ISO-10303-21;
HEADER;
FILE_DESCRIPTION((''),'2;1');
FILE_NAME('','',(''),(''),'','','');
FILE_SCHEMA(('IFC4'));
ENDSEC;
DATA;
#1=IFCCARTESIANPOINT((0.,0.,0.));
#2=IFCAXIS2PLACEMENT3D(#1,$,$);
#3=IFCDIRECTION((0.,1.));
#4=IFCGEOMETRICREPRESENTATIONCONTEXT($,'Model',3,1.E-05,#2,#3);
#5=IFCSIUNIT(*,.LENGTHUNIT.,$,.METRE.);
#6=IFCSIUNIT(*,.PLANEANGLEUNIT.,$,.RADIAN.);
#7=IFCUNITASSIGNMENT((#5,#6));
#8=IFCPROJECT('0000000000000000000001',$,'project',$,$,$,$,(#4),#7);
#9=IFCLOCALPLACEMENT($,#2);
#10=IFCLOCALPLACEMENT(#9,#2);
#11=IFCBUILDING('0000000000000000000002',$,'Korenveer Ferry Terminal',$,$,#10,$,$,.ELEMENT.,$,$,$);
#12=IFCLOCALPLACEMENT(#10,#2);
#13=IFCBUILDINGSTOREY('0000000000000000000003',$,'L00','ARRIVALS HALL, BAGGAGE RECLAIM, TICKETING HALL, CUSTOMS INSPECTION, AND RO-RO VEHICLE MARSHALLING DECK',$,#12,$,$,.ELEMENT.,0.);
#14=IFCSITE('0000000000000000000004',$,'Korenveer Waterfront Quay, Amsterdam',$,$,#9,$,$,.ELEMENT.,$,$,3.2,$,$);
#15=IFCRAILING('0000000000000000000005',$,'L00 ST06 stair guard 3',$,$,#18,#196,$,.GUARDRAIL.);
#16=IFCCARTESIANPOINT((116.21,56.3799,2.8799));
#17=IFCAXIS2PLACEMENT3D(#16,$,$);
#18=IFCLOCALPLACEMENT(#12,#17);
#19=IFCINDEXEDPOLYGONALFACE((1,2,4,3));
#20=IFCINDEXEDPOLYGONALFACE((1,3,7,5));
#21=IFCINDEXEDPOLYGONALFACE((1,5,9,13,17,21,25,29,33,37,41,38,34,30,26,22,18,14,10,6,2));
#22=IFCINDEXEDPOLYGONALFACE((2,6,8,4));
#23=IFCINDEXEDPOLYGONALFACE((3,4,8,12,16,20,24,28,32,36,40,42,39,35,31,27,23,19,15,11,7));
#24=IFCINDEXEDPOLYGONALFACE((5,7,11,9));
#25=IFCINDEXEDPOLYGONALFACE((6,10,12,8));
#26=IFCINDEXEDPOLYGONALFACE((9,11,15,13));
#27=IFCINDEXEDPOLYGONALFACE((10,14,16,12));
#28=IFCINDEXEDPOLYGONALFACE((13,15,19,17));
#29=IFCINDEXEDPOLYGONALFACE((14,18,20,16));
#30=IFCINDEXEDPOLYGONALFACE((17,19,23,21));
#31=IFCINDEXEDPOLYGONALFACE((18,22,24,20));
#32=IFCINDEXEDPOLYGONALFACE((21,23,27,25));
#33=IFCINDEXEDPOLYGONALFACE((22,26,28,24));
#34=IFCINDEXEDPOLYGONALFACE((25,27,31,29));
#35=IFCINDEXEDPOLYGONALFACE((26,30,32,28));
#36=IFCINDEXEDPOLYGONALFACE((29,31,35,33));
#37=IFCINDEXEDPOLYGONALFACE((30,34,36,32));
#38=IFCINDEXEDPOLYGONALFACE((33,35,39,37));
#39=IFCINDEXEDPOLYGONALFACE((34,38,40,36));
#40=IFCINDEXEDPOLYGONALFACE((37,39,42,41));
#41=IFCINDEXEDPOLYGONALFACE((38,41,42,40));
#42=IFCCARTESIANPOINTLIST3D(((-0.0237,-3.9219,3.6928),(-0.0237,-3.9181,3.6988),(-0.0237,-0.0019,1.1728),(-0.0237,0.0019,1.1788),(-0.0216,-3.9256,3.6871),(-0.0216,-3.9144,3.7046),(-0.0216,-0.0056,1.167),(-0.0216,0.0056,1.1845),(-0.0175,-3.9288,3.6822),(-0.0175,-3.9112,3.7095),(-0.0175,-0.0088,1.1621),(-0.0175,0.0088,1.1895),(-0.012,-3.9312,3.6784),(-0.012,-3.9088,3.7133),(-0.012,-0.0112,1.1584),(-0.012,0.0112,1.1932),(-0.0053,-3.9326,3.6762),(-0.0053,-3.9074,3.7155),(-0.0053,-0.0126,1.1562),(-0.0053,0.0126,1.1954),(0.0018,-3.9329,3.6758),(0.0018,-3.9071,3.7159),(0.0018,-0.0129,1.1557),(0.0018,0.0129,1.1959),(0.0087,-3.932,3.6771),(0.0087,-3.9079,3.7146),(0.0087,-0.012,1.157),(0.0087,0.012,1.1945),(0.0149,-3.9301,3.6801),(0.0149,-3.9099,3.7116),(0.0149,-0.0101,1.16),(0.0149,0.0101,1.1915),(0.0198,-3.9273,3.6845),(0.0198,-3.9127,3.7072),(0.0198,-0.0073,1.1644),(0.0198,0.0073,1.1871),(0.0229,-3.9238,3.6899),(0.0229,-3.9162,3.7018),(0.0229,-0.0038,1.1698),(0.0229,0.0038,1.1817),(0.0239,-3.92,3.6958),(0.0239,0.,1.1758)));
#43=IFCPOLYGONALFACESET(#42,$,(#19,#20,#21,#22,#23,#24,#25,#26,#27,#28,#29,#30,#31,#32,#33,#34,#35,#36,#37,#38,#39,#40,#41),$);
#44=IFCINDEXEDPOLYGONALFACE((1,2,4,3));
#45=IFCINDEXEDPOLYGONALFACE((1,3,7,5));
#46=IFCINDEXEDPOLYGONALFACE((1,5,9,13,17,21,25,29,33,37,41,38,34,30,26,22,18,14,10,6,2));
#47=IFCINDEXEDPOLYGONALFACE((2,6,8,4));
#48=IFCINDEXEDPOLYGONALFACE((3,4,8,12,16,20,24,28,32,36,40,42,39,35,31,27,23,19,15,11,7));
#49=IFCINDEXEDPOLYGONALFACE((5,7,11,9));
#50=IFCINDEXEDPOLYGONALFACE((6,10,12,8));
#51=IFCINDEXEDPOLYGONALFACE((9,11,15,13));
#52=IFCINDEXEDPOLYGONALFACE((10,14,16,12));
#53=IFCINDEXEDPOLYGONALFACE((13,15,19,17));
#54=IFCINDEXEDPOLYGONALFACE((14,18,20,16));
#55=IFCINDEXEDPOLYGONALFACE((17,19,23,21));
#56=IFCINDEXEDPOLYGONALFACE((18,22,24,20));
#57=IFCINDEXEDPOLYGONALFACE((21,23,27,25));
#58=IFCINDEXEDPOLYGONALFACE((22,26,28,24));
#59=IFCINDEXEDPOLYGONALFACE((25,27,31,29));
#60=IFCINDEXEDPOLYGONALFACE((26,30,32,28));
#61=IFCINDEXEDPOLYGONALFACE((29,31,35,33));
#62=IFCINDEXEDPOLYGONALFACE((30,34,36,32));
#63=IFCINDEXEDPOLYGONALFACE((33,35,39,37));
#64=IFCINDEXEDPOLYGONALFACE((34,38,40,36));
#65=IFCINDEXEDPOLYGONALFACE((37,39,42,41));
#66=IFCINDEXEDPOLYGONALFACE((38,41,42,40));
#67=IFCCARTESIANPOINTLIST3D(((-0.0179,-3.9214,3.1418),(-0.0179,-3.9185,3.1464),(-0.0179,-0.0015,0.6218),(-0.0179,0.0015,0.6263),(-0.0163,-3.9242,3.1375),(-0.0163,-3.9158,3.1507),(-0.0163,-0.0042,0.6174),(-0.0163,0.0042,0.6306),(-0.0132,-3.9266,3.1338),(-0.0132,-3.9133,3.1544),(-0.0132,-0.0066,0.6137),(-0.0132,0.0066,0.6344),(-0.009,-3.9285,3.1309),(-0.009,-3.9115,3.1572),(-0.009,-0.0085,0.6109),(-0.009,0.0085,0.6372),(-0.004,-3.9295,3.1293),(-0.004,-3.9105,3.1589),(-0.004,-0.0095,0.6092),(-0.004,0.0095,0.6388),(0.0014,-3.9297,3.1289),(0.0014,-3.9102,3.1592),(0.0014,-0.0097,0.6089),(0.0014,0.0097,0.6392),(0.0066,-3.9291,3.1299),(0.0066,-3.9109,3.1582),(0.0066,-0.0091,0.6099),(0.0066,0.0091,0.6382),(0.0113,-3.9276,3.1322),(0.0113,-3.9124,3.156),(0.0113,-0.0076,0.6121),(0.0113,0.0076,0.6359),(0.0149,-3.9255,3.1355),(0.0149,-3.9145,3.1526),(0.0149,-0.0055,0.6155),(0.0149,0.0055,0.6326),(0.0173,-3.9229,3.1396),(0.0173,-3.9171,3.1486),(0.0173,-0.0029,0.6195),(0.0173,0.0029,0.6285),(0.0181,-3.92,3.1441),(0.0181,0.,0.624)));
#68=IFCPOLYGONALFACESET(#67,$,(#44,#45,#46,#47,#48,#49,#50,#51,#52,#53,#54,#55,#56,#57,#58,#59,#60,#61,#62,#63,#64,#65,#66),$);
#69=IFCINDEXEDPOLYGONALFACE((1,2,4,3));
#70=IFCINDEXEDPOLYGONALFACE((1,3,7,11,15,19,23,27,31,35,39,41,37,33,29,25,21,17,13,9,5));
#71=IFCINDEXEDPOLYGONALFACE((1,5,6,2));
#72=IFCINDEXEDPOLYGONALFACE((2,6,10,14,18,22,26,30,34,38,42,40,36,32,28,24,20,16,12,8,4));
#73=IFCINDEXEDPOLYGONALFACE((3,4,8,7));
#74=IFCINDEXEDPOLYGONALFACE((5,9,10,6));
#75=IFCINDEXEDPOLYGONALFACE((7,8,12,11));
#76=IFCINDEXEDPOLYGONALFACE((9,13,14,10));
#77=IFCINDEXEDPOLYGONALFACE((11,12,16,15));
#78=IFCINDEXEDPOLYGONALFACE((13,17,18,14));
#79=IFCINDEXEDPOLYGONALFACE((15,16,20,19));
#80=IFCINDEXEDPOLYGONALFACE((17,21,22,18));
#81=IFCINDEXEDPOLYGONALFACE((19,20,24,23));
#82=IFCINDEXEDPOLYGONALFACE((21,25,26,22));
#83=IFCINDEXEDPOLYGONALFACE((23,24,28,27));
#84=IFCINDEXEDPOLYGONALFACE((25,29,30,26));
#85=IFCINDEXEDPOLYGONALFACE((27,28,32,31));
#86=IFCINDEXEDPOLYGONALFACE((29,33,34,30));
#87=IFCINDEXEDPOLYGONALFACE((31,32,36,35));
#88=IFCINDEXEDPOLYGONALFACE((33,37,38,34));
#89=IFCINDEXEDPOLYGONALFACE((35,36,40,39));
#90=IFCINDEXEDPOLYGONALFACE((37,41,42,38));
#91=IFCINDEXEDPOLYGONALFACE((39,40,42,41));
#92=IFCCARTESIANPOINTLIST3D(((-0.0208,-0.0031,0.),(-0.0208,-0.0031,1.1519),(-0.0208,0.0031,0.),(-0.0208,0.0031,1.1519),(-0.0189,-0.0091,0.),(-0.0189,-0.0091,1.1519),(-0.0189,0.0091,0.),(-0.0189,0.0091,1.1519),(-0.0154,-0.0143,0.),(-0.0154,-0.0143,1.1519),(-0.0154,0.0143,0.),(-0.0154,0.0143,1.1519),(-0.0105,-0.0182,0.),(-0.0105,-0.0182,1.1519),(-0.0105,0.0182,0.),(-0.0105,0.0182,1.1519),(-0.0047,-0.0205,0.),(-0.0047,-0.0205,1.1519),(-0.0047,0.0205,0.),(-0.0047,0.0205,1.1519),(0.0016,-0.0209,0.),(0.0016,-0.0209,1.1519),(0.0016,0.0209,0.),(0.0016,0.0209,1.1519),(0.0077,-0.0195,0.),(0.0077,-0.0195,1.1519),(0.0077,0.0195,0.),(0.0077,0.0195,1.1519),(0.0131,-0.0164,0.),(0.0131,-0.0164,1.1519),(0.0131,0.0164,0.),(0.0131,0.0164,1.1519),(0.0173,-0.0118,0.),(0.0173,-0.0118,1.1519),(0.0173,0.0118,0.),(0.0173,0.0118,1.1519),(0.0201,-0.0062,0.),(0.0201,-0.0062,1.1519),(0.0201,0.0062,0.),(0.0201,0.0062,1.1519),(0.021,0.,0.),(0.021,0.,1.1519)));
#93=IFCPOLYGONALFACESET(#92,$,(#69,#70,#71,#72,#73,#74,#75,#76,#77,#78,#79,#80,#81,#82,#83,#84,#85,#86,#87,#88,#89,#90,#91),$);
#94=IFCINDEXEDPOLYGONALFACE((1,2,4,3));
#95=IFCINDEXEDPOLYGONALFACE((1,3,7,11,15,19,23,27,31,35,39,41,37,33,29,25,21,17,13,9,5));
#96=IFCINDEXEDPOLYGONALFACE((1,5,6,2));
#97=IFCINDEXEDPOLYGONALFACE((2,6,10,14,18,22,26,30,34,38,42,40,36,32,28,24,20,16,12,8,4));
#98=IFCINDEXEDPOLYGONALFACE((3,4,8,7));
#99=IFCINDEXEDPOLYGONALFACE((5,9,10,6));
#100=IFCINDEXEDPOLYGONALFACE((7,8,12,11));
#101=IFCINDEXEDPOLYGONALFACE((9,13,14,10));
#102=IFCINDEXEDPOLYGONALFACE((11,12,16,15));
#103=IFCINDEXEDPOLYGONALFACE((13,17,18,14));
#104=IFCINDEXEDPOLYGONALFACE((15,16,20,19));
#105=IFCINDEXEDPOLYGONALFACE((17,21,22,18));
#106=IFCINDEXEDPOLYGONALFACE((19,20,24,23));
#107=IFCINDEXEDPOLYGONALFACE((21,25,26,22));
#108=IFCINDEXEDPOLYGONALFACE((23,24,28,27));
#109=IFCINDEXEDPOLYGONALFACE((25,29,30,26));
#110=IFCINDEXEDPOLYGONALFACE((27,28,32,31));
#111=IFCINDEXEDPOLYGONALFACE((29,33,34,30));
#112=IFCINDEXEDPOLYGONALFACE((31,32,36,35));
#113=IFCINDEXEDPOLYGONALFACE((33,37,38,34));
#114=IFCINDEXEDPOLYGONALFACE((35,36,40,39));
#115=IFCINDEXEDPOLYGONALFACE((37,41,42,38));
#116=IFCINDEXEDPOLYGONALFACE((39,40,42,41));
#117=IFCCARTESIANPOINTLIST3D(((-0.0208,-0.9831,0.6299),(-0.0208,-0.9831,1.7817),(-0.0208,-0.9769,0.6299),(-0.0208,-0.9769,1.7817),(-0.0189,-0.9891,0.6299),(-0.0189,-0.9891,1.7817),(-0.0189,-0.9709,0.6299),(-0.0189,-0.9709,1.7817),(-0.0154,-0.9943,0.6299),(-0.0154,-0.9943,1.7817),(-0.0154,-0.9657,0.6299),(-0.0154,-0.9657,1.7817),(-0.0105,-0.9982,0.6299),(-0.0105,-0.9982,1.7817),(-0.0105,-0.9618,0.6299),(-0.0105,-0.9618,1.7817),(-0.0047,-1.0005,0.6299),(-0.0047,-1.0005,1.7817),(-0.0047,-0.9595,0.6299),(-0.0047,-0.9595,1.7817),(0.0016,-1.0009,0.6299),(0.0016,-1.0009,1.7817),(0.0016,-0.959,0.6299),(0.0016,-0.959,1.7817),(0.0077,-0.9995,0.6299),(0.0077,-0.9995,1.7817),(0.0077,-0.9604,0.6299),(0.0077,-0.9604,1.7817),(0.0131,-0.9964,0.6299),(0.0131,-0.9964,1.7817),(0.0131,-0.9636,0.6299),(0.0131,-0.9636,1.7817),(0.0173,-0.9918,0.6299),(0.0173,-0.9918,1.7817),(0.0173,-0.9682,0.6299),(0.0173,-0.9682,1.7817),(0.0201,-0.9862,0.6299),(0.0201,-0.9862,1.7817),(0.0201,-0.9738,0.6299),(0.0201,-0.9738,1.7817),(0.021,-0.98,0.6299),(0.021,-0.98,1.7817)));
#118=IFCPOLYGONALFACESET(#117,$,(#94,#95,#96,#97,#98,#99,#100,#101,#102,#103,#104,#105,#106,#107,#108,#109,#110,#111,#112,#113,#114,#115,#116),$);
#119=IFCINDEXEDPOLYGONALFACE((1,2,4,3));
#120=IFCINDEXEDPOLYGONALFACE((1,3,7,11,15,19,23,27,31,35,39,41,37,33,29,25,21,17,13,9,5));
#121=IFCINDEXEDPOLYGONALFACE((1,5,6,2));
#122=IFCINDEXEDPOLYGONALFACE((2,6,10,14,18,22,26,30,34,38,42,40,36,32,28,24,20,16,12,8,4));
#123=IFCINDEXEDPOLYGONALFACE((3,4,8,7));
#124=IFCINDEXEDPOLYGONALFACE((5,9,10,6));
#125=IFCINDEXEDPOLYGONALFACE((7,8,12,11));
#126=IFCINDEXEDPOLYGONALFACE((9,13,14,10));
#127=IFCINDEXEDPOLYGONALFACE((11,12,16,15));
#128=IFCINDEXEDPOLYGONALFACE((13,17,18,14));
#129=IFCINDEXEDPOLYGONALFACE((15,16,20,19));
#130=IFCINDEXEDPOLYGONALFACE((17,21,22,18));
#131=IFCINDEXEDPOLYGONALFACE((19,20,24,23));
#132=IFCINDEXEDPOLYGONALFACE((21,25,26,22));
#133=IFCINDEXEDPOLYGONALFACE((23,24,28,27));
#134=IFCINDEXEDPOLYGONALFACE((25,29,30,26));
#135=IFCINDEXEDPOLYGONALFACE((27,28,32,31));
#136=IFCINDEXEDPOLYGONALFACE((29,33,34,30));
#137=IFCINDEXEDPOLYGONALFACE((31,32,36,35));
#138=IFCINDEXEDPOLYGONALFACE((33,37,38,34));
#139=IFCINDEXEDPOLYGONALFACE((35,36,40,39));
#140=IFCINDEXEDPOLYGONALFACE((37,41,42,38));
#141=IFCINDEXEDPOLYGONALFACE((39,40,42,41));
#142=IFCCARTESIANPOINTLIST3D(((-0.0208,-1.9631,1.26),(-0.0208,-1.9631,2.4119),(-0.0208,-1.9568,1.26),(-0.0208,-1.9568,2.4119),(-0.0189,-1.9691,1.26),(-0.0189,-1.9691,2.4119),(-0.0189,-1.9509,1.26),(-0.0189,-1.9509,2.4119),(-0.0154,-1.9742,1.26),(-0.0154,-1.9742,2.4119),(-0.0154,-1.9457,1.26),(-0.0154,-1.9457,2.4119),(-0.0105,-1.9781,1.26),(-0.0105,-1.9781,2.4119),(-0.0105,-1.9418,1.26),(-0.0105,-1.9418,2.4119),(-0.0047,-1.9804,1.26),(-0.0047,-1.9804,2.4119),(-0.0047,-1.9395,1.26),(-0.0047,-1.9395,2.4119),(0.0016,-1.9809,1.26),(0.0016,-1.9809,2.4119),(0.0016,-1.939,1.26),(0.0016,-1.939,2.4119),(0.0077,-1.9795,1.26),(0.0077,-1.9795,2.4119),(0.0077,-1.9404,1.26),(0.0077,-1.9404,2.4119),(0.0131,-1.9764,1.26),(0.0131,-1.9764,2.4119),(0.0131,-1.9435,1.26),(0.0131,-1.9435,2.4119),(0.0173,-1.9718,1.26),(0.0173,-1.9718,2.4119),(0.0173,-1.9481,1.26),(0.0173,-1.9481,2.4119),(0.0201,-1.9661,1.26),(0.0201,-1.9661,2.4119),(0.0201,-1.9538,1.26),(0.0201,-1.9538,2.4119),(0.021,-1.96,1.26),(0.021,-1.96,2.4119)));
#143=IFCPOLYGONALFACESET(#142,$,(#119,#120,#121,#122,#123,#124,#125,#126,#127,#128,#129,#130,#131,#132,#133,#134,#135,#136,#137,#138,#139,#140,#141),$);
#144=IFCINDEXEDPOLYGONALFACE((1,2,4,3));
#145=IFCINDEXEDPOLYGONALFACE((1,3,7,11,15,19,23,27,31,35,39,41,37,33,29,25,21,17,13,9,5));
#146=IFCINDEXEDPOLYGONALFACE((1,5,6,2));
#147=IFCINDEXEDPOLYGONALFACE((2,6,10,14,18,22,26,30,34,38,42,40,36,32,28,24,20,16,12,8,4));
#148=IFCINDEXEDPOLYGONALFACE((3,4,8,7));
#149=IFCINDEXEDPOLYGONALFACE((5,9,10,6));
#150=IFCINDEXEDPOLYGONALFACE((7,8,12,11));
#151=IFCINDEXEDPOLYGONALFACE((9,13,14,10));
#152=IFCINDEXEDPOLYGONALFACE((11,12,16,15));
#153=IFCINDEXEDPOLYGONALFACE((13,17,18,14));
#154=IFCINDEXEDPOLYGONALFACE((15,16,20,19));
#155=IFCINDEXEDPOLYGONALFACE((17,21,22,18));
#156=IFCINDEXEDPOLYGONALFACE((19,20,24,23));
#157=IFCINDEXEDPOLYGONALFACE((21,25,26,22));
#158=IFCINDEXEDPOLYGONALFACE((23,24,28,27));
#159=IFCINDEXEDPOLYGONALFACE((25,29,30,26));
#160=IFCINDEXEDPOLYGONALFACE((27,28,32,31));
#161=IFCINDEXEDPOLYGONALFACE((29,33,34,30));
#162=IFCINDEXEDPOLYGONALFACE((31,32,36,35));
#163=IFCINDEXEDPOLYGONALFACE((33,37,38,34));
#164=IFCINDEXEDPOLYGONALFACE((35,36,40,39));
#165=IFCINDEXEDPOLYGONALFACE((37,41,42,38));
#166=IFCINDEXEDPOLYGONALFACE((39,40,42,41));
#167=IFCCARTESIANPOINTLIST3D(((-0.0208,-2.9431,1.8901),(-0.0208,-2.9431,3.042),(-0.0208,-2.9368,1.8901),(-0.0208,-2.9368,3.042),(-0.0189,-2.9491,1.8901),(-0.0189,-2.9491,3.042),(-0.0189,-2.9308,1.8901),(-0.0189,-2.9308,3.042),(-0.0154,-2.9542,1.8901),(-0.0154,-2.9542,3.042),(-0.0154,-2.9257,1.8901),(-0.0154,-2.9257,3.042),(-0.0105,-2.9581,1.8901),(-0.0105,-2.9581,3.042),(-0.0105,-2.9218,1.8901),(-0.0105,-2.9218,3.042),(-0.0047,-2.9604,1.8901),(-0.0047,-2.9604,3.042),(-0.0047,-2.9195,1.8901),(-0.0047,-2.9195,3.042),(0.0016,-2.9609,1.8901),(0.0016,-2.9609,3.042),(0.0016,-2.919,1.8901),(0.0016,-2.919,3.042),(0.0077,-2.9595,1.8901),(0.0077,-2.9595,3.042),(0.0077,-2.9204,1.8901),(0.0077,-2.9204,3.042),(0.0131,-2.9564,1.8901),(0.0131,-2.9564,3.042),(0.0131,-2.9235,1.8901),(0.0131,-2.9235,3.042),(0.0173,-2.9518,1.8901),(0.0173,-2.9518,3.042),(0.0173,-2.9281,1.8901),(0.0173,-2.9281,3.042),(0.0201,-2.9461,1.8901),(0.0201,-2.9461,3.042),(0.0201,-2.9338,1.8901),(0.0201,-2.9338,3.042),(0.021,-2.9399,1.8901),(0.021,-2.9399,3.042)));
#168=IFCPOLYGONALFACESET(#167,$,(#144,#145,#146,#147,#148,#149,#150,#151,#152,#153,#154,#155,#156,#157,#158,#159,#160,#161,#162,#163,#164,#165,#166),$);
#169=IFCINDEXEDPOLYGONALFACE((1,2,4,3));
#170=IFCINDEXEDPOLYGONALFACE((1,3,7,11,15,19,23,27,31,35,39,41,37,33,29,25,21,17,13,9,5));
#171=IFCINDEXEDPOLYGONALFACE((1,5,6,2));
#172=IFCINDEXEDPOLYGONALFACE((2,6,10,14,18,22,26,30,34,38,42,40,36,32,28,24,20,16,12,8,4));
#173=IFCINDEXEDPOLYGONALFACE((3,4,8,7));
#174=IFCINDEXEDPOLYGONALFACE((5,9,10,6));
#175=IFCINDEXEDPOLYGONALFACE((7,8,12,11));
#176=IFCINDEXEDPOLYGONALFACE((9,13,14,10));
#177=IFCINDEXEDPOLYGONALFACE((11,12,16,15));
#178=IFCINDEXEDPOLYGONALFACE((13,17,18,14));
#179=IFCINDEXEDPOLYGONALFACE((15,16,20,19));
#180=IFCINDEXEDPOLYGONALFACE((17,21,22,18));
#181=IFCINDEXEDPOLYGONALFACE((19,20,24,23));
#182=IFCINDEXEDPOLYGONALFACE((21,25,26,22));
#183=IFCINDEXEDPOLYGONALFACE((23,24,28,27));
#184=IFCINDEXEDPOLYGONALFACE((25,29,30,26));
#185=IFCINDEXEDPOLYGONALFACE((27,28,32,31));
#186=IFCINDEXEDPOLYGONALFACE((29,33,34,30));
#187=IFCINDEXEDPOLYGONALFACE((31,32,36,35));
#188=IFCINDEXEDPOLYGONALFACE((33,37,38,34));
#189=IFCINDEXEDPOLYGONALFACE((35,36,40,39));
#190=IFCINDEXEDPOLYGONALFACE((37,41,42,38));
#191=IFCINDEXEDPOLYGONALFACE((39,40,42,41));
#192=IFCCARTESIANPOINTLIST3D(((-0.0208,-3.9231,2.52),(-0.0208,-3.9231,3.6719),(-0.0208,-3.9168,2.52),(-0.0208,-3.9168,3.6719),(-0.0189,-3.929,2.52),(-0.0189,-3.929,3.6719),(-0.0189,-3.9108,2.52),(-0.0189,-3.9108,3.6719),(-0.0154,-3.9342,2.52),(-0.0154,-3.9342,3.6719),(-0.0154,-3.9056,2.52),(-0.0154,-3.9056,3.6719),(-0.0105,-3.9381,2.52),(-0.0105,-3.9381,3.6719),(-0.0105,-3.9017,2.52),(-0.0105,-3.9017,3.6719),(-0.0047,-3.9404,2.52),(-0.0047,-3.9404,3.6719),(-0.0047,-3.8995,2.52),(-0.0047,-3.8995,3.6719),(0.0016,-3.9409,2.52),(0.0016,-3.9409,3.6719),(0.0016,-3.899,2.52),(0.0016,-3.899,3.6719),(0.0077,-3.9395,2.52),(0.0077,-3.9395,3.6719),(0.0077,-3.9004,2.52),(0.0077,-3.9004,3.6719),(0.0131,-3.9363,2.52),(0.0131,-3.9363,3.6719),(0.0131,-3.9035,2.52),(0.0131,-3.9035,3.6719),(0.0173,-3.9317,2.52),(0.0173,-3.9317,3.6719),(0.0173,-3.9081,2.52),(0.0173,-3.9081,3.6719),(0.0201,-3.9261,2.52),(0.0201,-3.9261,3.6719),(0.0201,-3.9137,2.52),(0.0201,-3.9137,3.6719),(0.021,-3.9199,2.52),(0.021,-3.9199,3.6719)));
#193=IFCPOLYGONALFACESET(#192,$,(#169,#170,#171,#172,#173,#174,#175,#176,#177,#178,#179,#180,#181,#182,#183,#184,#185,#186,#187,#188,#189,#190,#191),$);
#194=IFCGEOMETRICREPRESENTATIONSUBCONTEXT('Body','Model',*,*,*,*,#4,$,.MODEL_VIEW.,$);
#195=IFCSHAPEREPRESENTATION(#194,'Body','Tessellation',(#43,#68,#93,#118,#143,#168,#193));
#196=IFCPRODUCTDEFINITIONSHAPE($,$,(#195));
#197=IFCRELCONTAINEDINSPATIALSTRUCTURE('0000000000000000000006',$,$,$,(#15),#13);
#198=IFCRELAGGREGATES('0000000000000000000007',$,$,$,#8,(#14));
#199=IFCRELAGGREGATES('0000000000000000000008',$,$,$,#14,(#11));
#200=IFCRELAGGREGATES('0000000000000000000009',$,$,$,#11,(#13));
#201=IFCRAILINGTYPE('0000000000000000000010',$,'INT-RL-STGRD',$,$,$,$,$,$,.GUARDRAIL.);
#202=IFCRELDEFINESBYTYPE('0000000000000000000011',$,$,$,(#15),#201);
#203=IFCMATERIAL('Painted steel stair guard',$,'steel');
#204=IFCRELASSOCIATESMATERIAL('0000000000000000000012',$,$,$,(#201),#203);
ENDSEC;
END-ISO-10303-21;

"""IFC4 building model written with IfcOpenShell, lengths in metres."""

from ifc_helpers import new_model, si_unit, direction, frame, origin, origin_2d, place, context, subcontext, project, spatial, circle, extrude, material, type_object, element, save


model = new_model("IFC4")

# Units and contexts
model_context = context("Model", 3, precision=1e-05, world=origin(), true_north=direction((0.0, 1.0)))
body_context = subcontext(model_context, "Body", "Model", "MODEL_VIEW")
ifc_project = project(units=[si_unit("LENGTHUNIT", "METRE"), si_unit("PLANEANGLEUNIT", "RADIAN")], contexts=[model_context])

# Site, building, storey
site_placement = place(None, origin())
site = spatial("IfcSite", under=ifc_project, at=site_placement, Name="Korenveer Waterfront Quay, Amsterdam", CompositionType="ELEMENT", RefElevation=3.2)
building_placement = place(site_placement, origin())
building = spatial("IfcBuilding", under=site, at=building_placement, Name="Korenveer Ferry Terminal", CompositionType="ELEMENT")
storey_placement = place(building_placement, origin())
storey = spatial("IfcBuildingStorey", under=building, at=storey_placement, Name="L00", Description="ARRIVALS HALL, BAGGAGE RECLAIM, TICKETING HALL, CUSTOMS INSPECTION, AND RO-RO VEHICLE MARSHALLING DECK", CompositionType="ELEMENT", Elevation=0.0)

# Railing
ifc_material_1 = material(Name="Painted steel stair guard", Category="steel")
railing_type = type_object("IfcRailingType", Name="INT-RL-STGRD", PredefinedType="GUARDRAIL", material=ifc_material_1)
railing_1_placement = place(storey_placement, frame((116.21, 56.3799, 2.8799)))
element("IfcRailing", 1, at=railing_1_placement, inside=storey, type_object=railing_type, Name="L00 ST06 stair guard 3", PredefinedType="GUARDRAIL", context=body_context, shape_type="SweptSolid", body=[
    extrude(circle(Radius=0.0239, at=origin_2d()), frame((0.0, 0.0, 1.1758), z_axis=(0.0, -0.841172, 0.540768), x_axis=(1.0, 0.0, 0.0)), (0.0, 0.0, 1.0), 4.6602),
    extrude(circle(Radius=0.0181, at=origin_2d()), frame((0.0, 0.0, 0.624), z_axis=(0.0, -0.841172, 0.540768), x_axis=(1.0, 0.0, 0.0)), (0.0, 0.0, 1.0), 4.6602),
    extrude(circle(Radius=0.021, at=origin_2d()), origin(), (0.0, 0.0, 1.0), 1.1519),
    extrude(circle(Radius=0.021, at=origin_2d()), frame((0.0, -0.98, 0.6299)), (0.0, 0.0, 1.0), 1.1519),
    extrude(circle(Radius=0.021, at=origin_2d()), frame((0.0, -1.96, 1.26)), (0.0, 0.0, 1.0), 1.1519),
    extrude(circle(Radius=0.021, at=origin_2d()), frame((0.0, -2.9399, 1.8901)), (0.0, 0.0, 1.0), 1.1519),
    extrude(circle(Radius=0.021, at=origin_2d()), frame((0.0, -3.9199, 2.52)), (0.0, 0.0, 1.0), 1.1519),
])

save(model, "model.ifc")
